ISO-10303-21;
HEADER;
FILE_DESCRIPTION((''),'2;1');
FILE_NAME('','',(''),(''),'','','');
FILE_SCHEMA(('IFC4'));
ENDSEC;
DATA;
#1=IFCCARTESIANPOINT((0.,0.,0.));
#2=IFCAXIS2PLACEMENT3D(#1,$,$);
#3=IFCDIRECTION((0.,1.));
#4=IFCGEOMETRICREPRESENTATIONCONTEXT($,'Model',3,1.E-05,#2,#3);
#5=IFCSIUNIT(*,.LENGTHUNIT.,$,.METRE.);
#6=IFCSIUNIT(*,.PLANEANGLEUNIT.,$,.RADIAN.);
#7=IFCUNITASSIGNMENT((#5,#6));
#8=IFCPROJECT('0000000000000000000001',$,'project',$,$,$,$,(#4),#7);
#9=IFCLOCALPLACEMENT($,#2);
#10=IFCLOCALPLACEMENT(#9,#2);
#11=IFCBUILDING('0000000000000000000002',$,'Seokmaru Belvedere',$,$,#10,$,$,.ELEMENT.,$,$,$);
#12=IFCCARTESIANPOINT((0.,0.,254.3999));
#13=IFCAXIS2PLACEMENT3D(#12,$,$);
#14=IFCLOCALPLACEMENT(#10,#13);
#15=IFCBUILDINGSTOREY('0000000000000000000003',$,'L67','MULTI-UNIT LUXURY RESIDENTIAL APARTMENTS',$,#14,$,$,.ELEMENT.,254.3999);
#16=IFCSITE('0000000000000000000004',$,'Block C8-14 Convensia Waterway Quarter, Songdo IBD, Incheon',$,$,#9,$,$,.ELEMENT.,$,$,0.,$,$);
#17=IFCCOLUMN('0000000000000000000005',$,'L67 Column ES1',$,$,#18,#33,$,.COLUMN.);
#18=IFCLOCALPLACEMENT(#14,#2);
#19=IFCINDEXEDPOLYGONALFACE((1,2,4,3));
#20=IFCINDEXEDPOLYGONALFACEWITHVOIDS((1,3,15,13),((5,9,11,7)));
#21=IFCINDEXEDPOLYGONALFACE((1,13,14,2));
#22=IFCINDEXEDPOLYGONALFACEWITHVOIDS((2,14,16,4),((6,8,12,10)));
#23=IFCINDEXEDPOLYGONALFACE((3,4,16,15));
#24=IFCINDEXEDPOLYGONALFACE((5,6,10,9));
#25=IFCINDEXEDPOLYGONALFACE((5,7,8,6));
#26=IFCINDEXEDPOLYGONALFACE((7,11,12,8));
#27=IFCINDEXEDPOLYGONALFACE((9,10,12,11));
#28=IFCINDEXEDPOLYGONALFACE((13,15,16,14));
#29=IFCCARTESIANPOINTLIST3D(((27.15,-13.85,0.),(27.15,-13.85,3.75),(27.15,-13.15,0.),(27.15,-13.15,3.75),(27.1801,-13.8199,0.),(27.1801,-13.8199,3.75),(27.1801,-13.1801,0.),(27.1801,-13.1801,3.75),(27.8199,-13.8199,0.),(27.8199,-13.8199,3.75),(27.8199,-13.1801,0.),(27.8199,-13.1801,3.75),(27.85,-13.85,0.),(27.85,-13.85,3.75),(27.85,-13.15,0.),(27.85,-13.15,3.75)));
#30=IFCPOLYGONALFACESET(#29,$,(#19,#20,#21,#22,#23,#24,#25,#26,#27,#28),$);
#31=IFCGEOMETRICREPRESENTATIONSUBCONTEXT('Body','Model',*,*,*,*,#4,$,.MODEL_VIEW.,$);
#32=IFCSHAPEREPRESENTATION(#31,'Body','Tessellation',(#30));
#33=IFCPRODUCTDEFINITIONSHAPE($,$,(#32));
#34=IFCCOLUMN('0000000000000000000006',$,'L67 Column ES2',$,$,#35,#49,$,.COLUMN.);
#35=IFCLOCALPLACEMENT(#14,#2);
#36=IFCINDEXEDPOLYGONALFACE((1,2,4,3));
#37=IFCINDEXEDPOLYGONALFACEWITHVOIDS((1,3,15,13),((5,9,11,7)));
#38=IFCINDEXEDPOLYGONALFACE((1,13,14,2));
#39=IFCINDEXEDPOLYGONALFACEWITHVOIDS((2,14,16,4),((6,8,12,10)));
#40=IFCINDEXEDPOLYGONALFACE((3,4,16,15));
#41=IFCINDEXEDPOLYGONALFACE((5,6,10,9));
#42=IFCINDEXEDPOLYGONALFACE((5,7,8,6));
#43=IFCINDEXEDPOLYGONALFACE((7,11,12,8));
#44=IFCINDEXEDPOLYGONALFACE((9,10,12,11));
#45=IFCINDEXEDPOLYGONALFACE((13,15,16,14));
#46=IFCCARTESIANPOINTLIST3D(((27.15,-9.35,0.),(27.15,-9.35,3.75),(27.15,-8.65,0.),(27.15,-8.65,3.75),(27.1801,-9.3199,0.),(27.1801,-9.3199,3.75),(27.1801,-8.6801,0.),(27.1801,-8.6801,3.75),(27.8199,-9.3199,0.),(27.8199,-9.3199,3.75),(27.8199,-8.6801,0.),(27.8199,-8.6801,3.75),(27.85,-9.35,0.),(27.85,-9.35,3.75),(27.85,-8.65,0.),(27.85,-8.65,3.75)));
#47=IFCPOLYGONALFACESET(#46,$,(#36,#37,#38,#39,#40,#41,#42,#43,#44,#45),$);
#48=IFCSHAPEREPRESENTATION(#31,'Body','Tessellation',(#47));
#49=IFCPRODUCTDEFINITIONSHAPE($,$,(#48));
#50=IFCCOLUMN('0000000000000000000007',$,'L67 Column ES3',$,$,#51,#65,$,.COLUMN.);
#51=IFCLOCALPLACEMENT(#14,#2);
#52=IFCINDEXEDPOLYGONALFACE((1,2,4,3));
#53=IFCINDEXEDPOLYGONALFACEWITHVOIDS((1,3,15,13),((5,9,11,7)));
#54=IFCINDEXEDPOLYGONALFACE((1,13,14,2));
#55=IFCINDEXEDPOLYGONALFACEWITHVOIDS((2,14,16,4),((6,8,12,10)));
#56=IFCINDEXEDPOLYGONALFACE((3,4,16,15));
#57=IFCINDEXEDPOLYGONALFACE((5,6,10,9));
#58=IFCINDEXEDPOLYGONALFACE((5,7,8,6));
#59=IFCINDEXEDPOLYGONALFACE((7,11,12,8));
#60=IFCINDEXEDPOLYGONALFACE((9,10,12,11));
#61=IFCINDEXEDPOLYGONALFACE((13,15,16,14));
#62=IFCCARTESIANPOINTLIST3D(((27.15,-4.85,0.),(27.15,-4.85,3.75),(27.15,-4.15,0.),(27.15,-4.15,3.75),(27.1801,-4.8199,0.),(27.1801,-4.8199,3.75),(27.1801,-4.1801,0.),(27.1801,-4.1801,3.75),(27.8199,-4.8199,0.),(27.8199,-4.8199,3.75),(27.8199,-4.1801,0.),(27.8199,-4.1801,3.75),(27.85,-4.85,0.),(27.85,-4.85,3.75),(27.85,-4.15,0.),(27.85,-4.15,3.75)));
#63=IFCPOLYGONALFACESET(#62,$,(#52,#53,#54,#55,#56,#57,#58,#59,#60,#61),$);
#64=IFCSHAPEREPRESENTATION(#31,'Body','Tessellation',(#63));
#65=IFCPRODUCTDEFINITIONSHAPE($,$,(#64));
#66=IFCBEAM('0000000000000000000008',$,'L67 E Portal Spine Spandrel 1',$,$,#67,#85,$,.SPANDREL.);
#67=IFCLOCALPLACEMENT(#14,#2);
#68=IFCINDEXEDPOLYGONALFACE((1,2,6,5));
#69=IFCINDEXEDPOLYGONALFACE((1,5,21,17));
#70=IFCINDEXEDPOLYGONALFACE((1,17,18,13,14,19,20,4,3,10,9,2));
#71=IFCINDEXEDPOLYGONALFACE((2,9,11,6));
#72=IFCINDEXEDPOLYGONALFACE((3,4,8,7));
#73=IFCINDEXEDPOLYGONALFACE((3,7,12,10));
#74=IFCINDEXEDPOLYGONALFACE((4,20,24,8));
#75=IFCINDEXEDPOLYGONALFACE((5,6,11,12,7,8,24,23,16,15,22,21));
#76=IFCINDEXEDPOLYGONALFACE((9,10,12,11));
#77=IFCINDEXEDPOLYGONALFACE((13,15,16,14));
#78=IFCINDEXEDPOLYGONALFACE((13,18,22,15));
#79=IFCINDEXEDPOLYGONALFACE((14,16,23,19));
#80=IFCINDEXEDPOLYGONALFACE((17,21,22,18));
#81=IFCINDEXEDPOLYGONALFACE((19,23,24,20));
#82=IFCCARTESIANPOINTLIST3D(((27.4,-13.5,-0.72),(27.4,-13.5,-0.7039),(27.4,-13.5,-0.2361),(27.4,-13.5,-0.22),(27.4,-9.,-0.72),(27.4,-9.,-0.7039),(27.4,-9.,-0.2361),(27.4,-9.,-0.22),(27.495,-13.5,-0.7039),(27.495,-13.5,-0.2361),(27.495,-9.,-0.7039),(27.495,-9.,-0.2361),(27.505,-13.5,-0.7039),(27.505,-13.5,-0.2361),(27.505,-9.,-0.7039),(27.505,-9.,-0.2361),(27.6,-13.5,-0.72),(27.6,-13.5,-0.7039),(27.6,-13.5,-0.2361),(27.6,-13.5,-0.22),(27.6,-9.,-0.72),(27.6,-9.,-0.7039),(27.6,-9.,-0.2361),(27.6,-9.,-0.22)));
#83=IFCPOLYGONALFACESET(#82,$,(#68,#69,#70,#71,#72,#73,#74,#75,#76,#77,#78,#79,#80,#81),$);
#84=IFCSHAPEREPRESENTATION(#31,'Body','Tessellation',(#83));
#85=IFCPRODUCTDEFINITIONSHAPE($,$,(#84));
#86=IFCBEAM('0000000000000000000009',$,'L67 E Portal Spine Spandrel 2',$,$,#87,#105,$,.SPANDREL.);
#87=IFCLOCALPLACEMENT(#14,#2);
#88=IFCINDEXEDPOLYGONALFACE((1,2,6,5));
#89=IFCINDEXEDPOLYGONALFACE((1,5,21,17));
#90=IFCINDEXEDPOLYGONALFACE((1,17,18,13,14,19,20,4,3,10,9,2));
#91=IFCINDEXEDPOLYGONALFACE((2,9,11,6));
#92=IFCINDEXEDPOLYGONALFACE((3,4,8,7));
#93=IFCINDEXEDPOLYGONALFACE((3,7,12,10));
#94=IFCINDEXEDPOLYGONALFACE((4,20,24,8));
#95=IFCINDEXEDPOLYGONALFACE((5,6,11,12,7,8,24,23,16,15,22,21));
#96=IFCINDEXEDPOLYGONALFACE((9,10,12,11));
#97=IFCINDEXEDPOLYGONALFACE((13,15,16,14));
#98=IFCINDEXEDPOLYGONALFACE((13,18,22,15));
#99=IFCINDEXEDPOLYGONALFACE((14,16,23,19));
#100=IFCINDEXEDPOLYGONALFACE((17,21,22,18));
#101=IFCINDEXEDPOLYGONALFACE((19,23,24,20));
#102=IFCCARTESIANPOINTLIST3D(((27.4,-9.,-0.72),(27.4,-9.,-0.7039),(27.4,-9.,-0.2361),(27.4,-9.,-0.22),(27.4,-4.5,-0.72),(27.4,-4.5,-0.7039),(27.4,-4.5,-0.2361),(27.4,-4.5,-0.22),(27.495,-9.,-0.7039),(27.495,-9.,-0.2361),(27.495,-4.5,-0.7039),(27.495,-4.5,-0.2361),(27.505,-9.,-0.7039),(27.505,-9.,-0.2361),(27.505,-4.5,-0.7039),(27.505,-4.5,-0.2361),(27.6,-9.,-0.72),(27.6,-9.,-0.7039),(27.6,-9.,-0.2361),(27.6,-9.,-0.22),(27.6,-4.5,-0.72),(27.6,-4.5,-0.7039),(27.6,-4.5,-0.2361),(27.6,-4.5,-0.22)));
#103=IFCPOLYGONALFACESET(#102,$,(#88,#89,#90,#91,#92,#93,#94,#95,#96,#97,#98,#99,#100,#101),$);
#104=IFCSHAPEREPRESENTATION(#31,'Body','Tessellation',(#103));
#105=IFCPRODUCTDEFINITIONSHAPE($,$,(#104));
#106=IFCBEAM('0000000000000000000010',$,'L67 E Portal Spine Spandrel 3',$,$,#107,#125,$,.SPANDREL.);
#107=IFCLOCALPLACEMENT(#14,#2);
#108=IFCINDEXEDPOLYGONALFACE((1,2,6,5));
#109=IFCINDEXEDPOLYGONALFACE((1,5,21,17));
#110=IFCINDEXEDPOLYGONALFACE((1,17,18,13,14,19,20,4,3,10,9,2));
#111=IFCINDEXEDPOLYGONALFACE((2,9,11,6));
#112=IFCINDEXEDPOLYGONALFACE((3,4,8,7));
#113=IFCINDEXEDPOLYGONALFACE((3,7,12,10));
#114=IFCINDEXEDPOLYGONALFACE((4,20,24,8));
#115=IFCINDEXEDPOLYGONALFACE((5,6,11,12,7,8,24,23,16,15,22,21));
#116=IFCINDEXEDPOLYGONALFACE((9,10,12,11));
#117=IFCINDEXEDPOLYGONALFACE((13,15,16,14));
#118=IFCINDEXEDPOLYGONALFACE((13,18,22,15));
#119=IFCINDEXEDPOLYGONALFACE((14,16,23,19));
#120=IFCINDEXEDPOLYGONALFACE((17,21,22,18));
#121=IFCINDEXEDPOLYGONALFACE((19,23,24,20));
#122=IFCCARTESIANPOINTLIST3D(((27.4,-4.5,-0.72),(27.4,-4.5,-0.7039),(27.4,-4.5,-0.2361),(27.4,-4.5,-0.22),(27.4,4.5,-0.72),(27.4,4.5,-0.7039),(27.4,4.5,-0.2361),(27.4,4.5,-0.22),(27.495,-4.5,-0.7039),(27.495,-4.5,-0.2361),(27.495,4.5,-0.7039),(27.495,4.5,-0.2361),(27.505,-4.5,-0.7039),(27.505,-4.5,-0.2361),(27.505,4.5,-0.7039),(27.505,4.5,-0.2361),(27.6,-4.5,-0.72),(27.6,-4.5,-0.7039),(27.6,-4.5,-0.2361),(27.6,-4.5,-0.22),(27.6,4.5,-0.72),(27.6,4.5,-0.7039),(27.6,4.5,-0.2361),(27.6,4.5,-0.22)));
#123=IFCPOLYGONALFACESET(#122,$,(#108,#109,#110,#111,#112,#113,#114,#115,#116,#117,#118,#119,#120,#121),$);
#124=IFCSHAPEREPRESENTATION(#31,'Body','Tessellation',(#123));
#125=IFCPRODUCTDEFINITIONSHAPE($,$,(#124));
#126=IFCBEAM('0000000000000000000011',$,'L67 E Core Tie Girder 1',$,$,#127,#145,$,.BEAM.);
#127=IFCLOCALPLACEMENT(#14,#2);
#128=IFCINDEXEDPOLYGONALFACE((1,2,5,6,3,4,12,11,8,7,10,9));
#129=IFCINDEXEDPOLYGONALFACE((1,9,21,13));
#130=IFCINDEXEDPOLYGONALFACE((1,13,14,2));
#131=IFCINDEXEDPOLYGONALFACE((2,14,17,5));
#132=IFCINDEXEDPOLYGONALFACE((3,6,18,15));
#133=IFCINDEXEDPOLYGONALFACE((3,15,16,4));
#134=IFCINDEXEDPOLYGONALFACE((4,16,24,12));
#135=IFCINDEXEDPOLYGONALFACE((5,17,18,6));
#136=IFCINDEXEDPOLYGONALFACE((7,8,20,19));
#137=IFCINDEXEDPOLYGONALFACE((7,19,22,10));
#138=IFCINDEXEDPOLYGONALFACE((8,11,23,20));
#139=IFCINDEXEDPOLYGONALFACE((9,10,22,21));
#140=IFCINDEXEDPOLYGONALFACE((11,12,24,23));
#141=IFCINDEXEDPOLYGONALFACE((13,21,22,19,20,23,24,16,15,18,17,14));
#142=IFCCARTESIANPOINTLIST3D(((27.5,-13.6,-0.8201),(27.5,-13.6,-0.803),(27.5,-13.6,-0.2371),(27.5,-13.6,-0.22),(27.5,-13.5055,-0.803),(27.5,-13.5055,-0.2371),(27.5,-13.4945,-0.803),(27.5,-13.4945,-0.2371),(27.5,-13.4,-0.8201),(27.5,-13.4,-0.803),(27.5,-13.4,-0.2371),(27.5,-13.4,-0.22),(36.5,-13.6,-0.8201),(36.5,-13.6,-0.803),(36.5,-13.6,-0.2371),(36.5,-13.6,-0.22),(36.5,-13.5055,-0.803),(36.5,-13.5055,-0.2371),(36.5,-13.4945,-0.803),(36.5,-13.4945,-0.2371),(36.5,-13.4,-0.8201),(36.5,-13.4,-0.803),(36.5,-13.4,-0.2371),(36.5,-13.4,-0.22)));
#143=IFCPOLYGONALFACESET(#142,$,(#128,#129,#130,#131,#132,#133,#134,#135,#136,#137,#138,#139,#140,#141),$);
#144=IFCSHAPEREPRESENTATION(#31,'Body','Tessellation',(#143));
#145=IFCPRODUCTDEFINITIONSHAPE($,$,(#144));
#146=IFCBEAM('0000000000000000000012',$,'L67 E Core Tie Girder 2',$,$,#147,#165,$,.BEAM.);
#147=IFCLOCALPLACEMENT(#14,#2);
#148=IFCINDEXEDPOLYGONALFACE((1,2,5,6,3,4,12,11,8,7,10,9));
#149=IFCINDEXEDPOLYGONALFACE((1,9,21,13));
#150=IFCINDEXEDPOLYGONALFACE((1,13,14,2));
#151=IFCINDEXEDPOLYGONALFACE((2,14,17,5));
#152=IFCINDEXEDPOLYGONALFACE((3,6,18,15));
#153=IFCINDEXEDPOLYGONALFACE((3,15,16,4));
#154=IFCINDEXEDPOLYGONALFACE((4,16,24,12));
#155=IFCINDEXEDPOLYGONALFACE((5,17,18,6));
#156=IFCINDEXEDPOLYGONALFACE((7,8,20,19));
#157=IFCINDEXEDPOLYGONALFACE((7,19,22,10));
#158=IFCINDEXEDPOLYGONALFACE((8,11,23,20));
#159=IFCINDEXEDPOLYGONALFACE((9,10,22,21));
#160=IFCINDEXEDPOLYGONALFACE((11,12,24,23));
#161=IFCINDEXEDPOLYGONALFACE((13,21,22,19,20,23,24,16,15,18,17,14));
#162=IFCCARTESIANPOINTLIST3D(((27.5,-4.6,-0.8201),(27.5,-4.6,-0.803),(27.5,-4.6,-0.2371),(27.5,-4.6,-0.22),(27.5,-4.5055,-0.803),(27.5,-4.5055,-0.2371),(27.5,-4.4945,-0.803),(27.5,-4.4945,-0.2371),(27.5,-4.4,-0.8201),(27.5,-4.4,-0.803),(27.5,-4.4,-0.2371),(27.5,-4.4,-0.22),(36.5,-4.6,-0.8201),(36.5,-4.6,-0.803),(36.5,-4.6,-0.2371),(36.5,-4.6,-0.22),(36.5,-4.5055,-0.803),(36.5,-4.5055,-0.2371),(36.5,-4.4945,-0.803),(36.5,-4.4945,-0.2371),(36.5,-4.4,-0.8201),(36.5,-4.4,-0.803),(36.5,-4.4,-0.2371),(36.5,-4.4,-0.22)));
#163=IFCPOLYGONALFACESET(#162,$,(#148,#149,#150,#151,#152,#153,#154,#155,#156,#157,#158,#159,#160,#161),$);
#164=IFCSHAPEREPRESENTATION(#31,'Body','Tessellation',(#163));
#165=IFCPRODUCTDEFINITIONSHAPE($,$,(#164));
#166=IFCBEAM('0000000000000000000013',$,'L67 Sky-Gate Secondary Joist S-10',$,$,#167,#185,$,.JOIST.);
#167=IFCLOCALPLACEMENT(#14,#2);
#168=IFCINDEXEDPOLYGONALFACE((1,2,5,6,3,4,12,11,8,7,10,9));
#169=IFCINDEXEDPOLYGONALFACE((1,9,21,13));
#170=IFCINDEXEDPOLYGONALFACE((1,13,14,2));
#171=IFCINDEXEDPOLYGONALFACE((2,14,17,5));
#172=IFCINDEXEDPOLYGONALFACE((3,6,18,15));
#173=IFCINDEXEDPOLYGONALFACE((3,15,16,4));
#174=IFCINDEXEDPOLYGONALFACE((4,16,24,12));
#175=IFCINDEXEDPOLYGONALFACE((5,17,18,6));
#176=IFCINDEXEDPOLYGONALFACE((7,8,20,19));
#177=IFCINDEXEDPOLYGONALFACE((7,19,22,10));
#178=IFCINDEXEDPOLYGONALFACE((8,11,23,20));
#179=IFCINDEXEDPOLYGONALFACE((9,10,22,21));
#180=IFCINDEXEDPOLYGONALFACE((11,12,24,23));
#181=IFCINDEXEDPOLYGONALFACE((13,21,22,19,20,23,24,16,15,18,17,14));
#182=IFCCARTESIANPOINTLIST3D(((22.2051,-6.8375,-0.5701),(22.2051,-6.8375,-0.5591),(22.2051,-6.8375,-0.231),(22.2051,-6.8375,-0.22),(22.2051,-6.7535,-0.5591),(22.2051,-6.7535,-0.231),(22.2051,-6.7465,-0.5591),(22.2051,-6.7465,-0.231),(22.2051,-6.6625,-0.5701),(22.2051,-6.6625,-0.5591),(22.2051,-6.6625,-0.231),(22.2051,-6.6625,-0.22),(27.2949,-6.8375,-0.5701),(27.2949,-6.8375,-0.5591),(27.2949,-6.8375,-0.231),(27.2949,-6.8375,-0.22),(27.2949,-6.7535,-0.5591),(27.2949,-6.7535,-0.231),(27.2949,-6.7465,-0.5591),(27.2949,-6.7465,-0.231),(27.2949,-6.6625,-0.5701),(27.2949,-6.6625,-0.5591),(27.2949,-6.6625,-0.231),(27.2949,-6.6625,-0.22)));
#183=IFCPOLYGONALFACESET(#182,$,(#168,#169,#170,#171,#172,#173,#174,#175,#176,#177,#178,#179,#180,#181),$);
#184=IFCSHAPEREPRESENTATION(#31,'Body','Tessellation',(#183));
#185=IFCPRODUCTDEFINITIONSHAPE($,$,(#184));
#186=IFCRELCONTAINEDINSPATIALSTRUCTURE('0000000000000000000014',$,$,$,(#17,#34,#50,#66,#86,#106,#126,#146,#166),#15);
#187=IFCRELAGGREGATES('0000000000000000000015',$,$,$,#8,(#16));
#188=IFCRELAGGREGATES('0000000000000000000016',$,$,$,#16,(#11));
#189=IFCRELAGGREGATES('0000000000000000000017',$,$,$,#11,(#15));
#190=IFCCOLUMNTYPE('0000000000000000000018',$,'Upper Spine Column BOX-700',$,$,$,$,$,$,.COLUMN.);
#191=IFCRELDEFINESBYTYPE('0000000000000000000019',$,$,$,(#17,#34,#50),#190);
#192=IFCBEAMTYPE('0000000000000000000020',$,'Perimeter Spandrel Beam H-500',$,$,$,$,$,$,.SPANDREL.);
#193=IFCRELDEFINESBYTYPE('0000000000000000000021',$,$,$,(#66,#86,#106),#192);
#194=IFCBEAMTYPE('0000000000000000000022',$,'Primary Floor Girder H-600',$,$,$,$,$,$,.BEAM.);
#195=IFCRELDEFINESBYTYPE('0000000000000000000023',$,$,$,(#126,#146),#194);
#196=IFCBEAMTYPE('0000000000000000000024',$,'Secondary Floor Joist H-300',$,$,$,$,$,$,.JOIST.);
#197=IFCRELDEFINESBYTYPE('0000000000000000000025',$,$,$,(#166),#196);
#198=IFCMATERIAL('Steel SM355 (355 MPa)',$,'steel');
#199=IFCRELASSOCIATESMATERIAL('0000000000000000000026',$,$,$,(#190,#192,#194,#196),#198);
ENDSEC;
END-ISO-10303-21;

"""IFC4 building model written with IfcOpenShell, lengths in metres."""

from ifc_helpers import new_model, si_unit, direction, frame, origin, origin_2d, place, context, subcontext, project, spatial, hollow_rectangle, i_section, extrude, source, transform, mapped, material, material_profile, profile_set, type_object, type_shapes, element, save


model = new_model("IFC4")

# Units and contexts
model_context = context("Model", 3, precision=1e-05, world=origin(), true_north=direction((0.0, 1.0)))
body_context = subcontext(model_context, "Body", "Model", "MODEL_VIEW")
ifc_project = project(units=[si_unit("LENGTHUNIT", "METRE"), si_unit("PLANEANGLEUNIT", "RADIAN")], contexts=[model_context])

# Site, building, storey
site_placement = place(None, origin())
site = spatial("IfcSite", under=ifc_project, at=site_placement, Name="Block C8-14 Convensia Waterway Quarter, Songdo IBD, Incheon", CompositionType="ELEMENT", RefElevation=0.0)
building_placement = place(site_placement, origin())
building = spatial("IfcBuilding", under=site, at=building_placement, Name="Seokmaru Belvedere", CompositionType="ELEMENT")
storey_placement = place(building_placement, frame((0.0, 0.0, 254.3999)))
storey = spatial("IfcBuildingStorey", under=building, at=storey_placement, Name="L67", Description="MULTI-UNIT LUXURY RESIDENTIAL APARTMENTS", CompositionType="ELEMENT", Elevation=254.3999)

# Columns
ifc_material_1 = material(Name="Steel SM355 (355 MPa)", Category="steel")
ifc_material_profile_1 = material_profile(ifc_material_1, hollow_rectangle(XDim=0.7, YDim=0.7, WallThickness=0.03, at=origin_2d()), Name="BOX-700x700x30")
ifc_profile_set_1 = profile_set([ifc_material_profile_1], Name="Steel SM355 (355 MPa)")
column_type = type_object("IfcColumnType", Name="Upper Spine Column BOX-700", PredefinedType="COLUMN", material=ifc_profile_set_1)
shared_shape_1 = source(origin(), body_context, "Body", "SweptSolid", [
    extrude(hollow_rectangle(XDim=0.7, YDim=0.7, WallThickness=0.03, at=origin_2d()), origin(), (0.0, 0.0, 1.0), 3.75),
])
type_shapes(column_type, [shared_shape_1])
for number, where, z_axis, x_axis, name in (
    (1, (27.5, -13.5, 0.0), (0.0, 0.0, 1.0), (1.0, 0.0, 0.0), "L67 Column ES1"),
    (2, (27.5, -9.0, 0.0), (0.0, 0.0, 1.0), (1.0, 0.0, 0.0), "L67 Column ES2"),
    (3, (27.5, -4.5, 0.0), (0.0, 0.0, 1.0), (1.0, 0.0, 0.0), "L67 Column ES3"),
):
    element("IfcColumn", number, at=place(storey_placement, frame(where, z_axis=z_axis, x_axis=x_axis)), inside=storey, type_object=column_type, Name=name, PredefinedType="COLUMN", context=body_context, shape_type="MappedRepresentation", body=[
        mapped(shared_shape_1, transform((0.0, 0.0, 0.0), scale=1.0)),
    ])

# Beams
ifc_material_profile_2 = material_profile(ifc_material_1, i_section(OverallWidth=0.2, OverallDepth=0.5, WebThickness=0.01, FlangeThickness=0.0161, at=origin_2d()), Name="H-500x200x10x16")
ifc_profile_set_2 = profile_set([ifc_material_profile_2], Name="Steel SM355 (355 MPa)")
beam_type_1 = type_object("IfcBeamType", Name="Perimeter Spandrel Beam H-500", PredefinedType="SPANDREL", material=ifc_profile_set_2)
shared_shape_2 = source(origin(), body_context, "Body", "SweptSolid", [
    extrude(i_section(OverallWidth=0.2, OverallDepth=0.5, WebThickness=0.01, FlangeThickness=0.0161, at=origin_2d()), origin(), (0.0, 0.0, 1.0), 4.5),
])
for number, where, z_axis, x_axis, name in (
    (4, (27.5, -13.5, -0.47), (0.0, 1.0, 0.0), (-1.0, 0.0, 0.0), "L67 E Portal Spine Spandrel 1"),
    (5, (27.5, -9.0, -0.47), (0.0, 1.0, 0.0), (-1.0, 0.0, 0.0), "L67 E Portal Spine Spandrel 2"),
):
    element("IfcBeam", number, at=place(storey_placement, frame(where, z_axis=z_axis, x_axis=x_axis)), inside=storey, type_object=beam_type_1, Name=name, PredefinedType="SPANDREL", context=body_context, shape_type="MappedRepresentation", body=[
        mapped(shared_shape_2, transform((0.0, 0.0, 0.0), scale=1.0)),
    ])
shared_shape_3 = source(origin(), body_context, "Body", "SweptSolid", [
    extrude(i_section(OverallWidth=0.2, OverallDepth=0.5, WebThickness=0.01, FlangeThickness=0.0161, at=origin_2d()), origin(), (0.0, 0.0, 1.0), 9.0),
])
type_shapes(beam_type_1, [shared_shape_2, shared_shape_3])
beam_1_placement = place(storey_placement, frame((27.5, -4.5, -0.47), z_axis=(0.0, 1.0, 0.0), x_axis=(-1.0, 0.0, 0.0)))
element("IfcBeam", 6, at=beam_1_placement, inside=storey, type_object=beam_type_1, Name="L67 E Portal Spine Spandrel 3", PredefinedType="SPANDREL", context=body_context, shape_type="MappedRepresentation", body=[
    mapped(shared_shape_3, transform((0.0, 0.0, 0.0), scale=1.0)),
])
ifc_material_profile_3 = material_profile(ifc_material_1, i_section(OverallWidth=0.2, OverallDepth=0.6001, WebThickness=0.011, FlangeThickness=0.0171, at=origin_2d()), Name="H-600x200x11x17")
ifc_profile_set_3 = profile_set([ifc_material_profile_3], Name="Steel SM355 (355 MPa)")
beam_type_2 = type_object("IfcBeamType", Name="Primary Floor Girder H-600", PredefinedType="BEAM", material=ifc_profile_set_3)
shared_shape_4 = source(origin(), body_context, "Body", "SweptSolid", [
    extrude(i_section(OverallWidth=0.2, OverallDepth=0.6001, WebThickness=0.011, FlangeThickness=0.0171, at=origin_2d()), origin(), (0.0, 0.0, 1.0), 9.0),
])
type_shapes(beam_type_2, [shared_shape_4])
for number, where, z_axis, x_axis, name in (
    (7, (27.5, -13.5, -0.52), (1.0, 0.0, 0.0), (0.0, 1.0, 0.0), "L67 E Core Tie Girder 1"),
    (8, (27.5, -4.5, -0.52), (1.0, 0.0, 0.0), (0.0, 1.0, 0.0), "L67 E Core Tie Girder 2"),
):
    element("IfcBeam", number, at=place(storey_placement, frame(where, z_axis=z_axis, x_axis=x_axis)), inside=storey, type_object=beam_type_2, Name=name, PredefinedType="BEAM", context=body_context, shape_type="MappedRepresentation", body=[
        mapped(shared_shape_4, transform((0.0, 0.0, 0.0), scale=1.0)),
    ])
ifc_material_profile_4 = material_profile(ifc_material_1, i_section(OverallWidth=0.175, OverallDepth=0.3501, WebThickness=0.0071, FlangeThickness=0.011, at=origin_2d()), Name="H-350x175x7x11")
ifc_profile_set_4 = profile_set([ifc_material_profile_4], Name="Steel SM355 (355 MPa)")
beam_type_3 = type_object("IfcBeamType", Name="Secondary Floor Joist H-300", PredefinedType="JOIST", material=ifc_profile_set_4)
shared_shape_5 = source(origin(), body_context, "Body", "SweptSolid", [
    extrude(i_section(OverallWidth=0.175, OverallDepth=0.3501, WebThickness=0.0071, FlangeThickness=0.011, at=origin_2d()), origin(), (0.0, 0.0, 1.0), 5.0898),
])
type_shapes(beam_type_3, [shared_shape_5])
beam_2_placement = place(storey_placement, frame((22.2051, -6.75, -0.395), z_axis=(1.0, 0.0, 0.0), x_axis=(0.0, 1.0, 0.0)))
element("IfcBeam", 9, at=beam_2_placement, inside=storey, type_object=beam_type_3, Name="L67 Sky-Gate Secondary Joist S-10", PredefinedType="JOIST", context=body_context, shape_type="MappedRepresentation", body=[
    mapped(shared_shape_5, transform((0.0, 0.0, 0.0), scale=1.0)),
])

save(model, "model.ifc")
